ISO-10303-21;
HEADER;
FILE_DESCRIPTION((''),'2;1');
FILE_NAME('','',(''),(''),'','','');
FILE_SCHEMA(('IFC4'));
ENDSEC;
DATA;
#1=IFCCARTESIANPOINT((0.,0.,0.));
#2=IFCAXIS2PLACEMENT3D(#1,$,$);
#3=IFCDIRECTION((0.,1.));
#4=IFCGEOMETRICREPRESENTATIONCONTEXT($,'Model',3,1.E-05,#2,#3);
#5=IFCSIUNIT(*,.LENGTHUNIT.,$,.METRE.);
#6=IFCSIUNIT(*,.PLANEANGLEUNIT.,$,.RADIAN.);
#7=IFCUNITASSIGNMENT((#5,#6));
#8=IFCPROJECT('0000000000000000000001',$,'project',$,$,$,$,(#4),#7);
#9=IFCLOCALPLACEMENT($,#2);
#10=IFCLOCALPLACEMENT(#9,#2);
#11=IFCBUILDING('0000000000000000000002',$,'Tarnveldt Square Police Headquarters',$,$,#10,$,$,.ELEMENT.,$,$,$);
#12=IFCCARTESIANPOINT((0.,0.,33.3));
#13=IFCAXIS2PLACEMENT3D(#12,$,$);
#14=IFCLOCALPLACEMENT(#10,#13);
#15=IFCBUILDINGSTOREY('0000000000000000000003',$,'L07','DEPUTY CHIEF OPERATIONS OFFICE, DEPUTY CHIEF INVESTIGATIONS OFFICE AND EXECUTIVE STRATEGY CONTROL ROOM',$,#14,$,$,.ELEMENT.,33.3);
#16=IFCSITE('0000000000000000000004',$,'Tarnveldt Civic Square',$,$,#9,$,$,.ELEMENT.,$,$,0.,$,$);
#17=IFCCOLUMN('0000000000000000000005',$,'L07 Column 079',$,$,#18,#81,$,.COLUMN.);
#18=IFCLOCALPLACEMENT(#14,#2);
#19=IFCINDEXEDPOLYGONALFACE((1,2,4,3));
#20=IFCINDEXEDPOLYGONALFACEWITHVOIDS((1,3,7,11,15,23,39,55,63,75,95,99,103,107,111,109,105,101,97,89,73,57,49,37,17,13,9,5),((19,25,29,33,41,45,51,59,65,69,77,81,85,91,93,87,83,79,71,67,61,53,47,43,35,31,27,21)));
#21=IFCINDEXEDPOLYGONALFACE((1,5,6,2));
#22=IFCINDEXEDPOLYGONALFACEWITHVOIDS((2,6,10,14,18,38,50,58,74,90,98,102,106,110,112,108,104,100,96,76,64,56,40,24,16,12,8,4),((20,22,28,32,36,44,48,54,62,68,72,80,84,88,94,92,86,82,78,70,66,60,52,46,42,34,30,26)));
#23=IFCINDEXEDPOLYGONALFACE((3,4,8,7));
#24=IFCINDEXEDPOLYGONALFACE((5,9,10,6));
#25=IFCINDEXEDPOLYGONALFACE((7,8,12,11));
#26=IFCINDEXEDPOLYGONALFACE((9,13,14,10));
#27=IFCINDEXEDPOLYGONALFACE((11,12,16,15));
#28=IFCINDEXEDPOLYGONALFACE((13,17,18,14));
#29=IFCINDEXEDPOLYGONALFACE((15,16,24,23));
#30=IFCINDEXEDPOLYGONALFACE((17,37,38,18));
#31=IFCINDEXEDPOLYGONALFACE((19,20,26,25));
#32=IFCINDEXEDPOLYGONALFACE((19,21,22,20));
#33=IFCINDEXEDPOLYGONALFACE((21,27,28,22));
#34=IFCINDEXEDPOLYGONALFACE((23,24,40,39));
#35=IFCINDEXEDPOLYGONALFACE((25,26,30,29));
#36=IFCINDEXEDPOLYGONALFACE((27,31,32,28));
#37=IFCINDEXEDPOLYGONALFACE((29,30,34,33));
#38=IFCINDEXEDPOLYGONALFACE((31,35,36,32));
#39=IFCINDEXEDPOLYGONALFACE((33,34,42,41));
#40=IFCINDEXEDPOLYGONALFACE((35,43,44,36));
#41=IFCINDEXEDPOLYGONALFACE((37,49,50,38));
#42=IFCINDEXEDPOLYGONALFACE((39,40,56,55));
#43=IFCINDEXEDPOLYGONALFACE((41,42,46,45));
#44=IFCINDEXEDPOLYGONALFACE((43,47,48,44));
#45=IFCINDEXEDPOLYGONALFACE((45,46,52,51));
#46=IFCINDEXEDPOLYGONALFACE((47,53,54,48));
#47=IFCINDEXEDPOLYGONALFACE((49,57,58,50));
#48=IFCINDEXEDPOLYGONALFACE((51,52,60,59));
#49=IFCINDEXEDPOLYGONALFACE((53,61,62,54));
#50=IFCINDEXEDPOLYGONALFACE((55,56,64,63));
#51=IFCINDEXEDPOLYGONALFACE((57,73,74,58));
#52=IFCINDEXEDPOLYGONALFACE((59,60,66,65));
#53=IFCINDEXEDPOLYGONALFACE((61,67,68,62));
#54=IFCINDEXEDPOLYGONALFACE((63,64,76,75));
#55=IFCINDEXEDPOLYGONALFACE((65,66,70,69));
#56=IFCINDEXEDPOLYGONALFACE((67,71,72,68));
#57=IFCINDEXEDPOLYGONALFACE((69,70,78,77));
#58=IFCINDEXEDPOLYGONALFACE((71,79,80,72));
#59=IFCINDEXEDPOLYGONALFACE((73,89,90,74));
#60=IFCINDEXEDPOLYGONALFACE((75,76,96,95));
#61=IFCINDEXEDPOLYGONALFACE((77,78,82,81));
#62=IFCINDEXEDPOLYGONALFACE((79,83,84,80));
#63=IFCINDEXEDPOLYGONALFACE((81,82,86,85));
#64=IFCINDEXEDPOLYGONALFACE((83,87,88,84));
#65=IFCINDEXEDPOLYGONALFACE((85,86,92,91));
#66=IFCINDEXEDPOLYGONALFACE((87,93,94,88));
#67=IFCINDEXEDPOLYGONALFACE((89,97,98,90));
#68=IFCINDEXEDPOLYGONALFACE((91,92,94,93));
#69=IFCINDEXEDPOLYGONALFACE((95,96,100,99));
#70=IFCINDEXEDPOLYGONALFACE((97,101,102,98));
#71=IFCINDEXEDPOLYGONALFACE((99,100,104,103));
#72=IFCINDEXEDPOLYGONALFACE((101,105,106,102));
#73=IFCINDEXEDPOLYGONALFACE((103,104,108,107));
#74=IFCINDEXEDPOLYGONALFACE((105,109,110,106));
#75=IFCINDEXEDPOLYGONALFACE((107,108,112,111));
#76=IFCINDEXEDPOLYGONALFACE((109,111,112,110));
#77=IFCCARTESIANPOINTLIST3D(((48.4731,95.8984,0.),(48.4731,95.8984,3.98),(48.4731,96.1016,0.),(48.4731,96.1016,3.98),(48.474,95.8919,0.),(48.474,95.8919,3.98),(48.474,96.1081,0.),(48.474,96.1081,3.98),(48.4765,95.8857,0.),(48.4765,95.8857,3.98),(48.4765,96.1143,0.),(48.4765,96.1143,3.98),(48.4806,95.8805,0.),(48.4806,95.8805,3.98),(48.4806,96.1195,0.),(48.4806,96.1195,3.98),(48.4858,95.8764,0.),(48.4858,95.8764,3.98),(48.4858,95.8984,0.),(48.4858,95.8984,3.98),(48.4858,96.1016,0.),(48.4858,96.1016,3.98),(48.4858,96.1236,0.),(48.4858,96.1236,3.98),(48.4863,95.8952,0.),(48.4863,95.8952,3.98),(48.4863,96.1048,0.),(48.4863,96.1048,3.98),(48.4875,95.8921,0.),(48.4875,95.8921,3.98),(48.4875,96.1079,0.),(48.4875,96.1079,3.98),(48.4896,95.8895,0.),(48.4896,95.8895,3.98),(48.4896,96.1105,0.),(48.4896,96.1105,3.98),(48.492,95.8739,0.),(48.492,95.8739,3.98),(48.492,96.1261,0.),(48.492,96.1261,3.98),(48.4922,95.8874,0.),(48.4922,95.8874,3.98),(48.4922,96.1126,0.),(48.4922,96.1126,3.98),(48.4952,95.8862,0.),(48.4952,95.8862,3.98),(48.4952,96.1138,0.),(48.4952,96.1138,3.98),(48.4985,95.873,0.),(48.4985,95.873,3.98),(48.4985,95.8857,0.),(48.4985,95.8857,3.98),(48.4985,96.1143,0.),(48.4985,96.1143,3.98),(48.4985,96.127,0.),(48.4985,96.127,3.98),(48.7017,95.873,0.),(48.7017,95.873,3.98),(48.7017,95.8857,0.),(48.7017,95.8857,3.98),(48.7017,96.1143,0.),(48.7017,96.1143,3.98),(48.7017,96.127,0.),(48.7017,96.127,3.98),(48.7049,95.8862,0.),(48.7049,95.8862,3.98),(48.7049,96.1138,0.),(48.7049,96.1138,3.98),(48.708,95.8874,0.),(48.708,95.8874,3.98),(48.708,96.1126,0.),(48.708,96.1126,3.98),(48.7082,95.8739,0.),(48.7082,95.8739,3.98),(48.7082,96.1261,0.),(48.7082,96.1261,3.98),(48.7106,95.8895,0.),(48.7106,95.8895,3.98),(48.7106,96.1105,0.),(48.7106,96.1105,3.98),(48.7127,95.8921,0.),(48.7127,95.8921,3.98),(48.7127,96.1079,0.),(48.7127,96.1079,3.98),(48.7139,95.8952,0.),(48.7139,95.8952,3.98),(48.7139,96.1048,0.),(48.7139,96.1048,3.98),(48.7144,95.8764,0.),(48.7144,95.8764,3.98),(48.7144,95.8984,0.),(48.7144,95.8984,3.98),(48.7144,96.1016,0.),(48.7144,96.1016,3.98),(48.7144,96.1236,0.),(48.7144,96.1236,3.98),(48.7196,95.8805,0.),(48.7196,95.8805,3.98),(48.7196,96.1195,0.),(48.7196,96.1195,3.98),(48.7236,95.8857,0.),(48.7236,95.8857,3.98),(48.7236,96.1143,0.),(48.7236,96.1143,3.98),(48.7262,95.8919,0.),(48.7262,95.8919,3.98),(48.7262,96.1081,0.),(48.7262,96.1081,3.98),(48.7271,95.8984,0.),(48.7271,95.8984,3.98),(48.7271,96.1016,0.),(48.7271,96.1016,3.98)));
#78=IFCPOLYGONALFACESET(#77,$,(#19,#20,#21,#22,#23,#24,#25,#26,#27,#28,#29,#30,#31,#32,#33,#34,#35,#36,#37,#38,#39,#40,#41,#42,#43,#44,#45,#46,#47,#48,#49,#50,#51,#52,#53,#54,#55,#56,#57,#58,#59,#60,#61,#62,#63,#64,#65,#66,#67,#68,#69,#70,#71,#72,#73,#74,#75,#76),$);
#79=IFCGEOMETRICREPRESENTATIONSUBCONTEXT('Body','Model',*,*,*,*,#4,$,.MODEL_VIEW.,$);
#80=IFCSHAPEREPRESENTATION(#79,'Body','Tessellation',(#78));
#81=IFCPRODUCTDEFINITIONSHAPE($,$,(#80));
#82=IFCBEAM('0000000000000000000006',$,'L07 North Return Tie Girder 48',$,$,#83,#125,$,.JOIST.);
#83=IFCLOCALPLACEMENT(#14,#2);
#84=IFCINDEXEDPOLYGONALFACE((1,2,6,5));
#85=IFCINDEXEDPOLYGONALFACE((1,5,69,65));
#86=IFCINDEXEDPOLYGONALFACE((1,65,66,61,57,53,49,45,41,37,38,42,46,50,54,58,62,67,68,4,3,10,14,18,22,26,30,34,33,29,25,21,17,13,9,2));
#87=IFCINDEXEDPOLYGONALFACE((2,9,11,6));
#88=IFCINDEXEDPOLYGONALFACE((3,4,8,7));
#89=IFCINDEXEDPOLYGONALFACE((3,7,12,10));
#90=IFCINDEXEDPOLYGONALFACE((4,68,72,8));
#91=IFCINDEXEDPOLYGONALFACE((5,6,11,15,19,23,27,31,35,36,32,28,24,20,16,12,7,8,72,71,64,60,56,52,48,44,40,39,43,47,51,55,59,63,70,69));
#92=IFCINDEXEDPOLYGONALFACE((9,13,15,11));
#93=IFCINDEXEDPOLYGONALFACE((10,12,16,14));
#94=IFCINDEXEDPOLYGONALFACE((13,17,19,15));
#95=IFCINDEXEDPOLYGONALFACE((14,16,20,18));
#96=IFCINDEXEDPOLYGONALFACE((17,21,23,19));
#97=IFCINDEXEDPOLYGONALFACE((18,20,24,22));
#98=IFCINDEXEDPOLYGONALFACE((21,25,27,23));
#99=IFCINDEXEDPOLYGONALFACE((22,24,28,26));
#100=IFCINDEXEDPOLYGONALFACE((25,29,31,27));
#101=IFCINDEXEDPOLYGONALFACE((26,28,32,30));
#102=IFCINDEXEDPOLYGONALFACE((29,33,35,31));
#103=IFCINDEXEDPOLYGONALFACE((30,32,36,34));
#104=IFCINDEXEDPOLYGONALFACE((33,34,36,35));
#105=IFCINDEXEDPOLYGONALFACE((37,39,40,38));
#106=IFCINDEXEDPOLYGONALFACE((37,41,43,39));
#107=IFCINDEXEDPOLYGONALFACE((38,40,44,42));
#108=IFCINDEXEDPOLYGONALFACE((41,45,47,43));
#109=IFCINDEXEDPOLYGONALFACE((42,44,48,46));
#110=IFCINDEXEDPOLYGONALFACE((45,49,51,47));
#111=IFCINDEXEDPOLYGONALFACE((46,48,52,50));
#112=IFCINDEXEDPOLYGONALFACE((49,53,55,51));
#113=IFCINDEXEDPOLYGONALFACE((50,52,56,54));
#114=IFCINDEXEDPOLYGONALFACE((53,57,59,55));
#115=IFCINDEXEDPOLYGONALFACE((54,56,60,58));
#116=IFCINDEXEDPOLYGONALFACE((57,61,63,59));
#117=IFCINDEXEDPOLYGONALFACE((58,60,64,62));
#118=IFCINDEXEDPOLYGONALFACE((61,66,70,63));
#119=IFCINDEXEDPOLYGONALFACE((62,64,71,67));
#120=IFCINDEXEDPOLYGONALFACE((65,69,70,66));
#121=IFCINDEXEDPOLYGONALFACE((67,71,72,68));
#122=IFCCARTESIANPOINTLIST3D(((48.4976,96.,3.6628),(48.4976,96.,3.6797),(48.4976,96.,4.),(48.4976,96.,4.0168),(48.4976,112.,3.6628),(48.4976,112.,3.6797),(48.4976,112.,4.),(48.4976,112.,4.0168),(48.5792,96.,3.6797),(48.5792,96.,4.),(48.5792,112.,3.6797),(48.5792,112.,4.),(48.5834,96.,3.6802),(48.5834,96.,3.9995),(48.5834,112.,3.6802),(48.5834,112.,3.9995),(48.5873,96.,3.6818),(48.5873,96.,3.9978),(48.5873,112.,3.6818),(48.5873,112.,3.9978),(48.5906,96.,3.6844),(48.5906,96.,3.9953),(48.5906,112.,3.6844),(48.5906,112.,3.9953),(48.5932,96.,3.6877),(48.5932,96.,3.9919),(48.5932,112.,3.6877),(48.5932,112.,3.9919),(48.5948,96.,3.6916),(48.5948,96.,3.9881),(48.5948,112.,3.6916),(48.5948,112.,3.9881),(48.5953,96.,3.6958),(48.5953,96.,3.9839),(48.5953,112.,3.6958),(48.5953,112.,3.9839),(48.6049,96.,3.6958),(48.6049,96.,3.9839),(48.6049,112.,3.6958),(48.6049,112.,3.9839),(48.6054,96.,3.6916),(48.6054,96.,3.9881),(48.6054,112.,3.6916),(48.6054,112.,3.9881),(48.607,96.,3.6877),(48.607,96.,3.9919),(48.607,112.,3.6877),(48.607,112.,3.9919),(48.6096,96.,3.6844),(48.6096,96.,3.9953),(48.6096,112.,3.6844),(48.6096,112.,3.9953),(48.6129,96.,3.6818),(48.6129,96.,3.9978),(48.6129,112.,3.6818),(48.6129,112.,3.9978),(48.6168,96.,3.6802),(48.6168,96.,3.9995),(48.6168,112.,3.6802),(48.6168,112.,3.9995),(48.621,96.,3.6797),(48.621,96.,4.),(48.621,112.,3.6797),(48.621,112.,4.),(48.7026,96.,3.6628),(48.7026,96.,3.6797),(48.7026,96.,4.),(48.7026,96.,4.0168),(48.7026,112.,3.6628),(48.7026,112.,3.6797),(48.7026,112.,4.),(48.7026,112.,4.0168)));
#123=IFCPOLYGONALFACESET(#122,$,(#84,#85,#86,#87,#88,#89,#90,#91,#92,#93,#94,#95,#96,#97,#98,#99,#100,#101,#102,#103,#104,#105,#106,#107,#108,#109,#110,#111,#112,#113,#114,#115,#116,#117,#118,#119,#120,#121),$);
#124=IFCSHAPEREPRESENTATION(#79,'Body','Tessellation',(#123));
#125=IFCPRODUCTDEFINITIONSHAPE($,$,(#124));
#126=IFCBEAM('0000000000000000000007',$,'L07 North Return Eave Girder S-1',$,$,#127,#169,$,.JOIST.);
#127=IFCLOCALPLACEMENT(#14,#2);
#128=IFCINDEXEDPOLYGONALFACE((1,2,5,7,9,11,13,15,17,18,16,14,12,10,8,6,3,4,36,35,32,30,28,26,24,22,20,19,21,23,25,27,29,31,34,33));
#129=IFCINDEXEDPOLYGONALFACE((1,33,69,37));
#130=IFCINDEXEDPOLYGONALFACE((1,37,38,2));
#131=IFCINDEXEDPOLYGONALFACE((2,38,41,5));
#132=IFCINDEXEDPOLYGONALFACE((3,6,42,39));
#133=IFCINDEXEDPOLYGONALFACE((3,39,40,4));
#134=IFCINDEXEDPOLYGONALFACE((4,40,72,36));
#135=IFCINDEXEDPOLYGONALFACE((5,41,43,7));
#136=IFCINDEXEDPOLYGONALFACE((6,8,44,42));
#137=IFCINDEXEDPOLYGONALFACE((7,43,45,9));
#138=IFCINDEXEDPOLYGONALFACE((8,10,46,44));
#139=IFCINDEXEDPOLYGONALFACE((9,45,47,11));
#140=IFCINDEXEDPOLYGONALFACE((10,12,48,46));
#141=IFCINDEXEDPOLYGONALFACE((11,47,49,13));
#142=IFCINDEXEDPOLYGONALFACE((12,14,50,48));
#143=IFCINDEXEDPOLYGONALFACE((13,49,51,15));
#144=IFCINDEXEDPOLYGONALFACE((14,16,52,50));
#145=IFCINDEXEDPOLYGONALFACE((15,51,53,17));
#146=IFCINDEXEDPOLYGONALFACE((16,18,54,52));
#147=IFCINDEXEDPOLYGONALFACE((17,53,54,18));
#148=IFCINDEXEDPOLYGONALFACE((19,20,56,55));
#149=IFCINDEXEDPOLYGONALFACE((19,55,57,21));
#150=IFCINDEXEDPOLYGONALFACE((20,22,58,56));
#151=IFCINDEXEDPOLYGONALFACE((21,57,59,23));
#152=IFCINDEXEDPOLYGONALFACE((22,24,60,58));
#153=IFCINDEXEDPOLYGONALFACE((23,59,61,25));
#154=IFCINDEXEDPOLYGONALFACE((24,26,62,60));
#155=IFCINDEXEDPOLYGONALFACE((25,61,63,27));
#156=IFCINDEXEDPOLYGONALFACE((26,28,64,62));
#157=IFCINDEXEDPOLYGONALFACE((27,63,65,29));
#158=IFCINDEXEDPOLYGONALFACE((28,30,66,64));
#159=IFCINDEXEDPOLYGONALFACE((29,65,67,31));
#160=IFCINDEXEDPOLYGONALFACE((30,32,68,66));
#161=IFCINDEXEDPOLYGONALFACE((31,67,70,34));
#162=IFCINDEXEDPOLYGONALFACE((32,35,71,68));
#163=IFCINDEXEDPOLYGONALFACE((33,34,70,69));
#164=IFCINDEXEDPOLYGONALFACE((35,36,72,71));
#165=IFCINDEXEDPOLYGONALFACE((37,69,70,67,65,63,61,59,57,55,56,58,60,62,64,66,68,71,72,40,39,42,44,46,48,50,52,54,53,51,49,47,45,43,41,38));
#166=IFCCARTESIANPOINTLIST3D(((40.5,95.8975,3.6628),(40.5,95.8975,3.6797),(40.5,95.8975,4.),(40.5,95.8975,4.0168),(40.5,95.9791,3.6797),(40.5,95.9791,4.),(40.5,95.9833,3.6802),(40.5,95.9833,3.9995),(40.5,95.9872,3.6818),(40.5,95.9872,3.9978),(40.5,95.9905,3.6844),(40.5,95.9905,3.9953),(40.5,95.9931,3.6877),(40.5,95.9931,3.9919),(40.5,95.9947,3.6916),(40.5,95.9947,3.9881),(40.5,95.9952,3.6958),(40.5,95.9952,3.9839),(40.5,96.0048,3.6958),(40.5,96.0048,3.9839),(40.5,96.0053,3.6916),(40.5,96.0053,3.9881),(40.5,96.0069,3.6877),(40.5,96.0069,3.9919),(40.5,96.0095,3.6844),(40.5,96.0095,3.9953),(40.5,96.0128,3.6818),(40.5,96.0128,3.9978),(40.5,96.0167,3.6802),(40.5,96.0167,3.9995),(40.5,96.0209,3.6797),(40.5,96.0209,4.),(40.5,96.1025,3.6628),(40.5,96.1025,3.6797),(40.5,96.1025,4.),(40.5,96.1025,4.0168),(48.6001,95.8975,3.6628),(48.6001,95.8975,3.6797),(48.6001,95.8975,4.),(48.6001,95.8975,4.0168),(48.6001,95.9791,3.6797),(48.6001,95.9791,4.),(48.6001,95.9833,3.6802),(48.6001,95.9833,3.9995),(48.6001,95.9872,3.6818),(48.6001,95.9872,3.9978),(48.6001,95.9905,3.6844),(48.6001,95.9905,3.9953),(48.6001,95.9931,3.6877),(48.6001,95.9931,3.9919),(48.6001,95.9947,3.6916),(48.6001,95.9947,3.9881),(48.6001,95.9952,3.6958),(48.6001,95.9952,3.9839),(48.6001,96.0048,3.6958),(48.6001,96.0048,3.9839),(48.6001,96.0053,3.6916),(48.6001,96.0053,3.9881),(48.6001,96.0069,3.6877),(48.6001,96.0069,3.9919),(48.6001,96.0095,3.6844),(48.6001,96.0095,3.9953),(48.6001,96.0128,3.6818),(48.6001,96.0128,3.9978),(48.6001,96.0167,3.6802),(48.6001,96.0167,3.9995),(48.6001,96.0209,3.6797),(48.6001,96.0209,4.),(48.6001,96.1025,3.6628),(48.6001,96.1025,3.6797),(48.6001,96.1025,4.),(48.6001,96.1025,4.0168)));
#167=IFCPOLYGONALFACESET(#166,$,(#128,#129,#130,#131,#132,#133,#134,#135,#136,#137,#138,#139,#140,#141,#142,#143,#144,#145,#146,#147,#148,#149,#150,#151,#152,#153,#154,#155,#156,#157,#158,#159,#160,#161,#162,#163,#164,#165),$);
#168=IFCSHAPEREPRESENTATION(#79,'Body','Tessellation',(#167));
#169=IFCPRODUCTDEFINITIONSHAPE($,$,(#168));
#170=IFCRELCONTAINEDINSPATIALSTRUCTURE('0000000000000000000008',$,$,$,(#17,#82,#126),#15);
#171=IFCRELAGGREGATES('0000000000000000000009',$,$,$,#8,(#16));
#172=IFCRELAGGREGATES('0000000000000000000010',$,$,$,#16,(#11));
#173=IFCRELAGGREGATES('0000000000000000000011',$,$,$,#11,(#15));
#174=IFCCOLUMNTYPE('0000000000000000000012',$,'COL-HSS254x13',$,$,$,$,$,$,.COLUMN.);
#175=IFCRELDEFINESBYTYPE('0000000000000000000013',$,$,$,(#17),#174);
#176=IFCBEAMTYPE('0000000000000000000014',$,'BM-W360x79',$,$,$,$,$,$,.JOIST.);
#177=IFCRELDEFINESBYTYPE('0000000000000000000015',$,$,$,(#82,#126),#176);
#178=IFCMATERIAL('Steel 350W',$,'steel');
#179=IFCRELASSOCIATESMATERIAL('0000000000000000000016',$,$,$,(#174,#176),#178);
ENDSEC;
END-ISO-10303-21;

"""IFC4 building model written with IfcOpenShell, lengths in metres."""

from ifc_helpers import new_model, si_unit, direction, frame, origin, origin_2d, place, context, subcontext, project, spatial, hollow_rectangle, i_section, extrude, material, material_profile, profile_set, type_object, element, save


model = new_model("IFC4")

# Units and contexts
model_context = context("Model", 3, precision=1e-05, world=origin(), true_north=direction((0.0, 1.0)))
body_context = subcontext(model_context, "Body", "Model", "MODEL_VIEW")
ifc_project = project(units=[si_unit("LENGTHUNIT", "METRE"), si_unit("PLANEANGLEUNIT", "RADIAN")], contexts=[model_context])

# Site, building, storey
site_placement = place(None, origin())
site = spatial("IfcSite", under=ifc_project, at=site_placement, Name="Tarnveldt Civic Square", CompositionType="ELEMENT", RefElevation=0.0)
building_placement = place(site_placement, origin())
building = spatial("IfcBuilding", under=site, at=building_placement, Name="Tarnveldt Square Police Headquarters", CompositionType="ELEMENT")
storey_placement = place(building_placement, frame((0.0, 0.0, 33.3)))
storey = spatial("IfcBuildingStorey", under=building, at=storey_placement, Name="L07", Description="DEPUTY CHIEF OPERATIONS OFFICE, DEPUTY CHIEF INVESTIGATIONS OFFICE AND EXECUTIVE STRATEGY CONTROL ROOM", CompositionType="ELEMENT", Elevation=33.3)

# Column
ifc_material_1 = material(Name="Steel 350W", Category="steel")
ifc_material_profile_1 = material_profile(ifc_material_1, hollow_rectangle(XDim=0.2539, YDim=0.2539, WallThickness=0.0127, InnerFilletRadius=0.0127, OuterFilletRadius=0.0254, at=origin_2d()), Name="HSS254x254x13")
ifc_profile_set_1 = profile_set([ifc_material_profile_1], Name="Steel 350W")
column_type = type_object("IfcColumnType", Name="COL-HSS254x13", PredefinedType="COLUMN", material=ifc_profile_set_1)
column_placement = place(storey_placement, frame((48.6001, 96.0, 0.0), z_axis=(0.0, 0.0, 1.0), x_axis=(1.0, 0.0, 0.0)))
element("IfcColumn", 1, at=column_placement, inside=storey, type_object=column_type, Name="L07 Column 079", PredefinedType="COLUMN", context=body_context, shape_type="SweptSolid", body=[
    extrude(hollow_rectangle(XDim=0.2539, YDim=0.2539, WallThickness=0.0127, InnerFilletRadius=0.0127, OuterFilletRadius=0.0254, at=origin_2d()), origin(), (0.0, 0.0, 1.0), 3.98),
])

# Beams
ifc_material_profile_2 = material_profile(ifc_material_1, i_section(OverallWidth=0.2051, OverallDepth=0.354, WebThickness=0.0095, FlangeThickness=0.0168, FilletRadius=0.0161, at=origin_2d()), Name="W360x79")
ifc_profile_set_2 = profile_set([ifc_material_profile_2], Name="Steel 350W")
beam_type = type_object("IfcBeamType", Name="BM-W360x79", PredefinedType="JOIST", material=ifc_profile_set_2)
beam_1_placement = place(storey_placement, frame((48.6001, 96.0, 3.8398), z_axis=(0.0, 1.0, 0.0), x_axis=(-1.0, 0.0, 0.0)))
element("IfcBeam", 2, at=beam_1_placement, inside=storey, type_object=beam_type, Name="L07 North Return Tie Girder 48", PredefinedType="JOIST", context=body_context, shape_type="SweptSolid", body=[
    extrude(i_section(OverallWidth=0.2051, OverallDepth=0.354, WebThickness=0.0095, FlangeThickness=0.0168, FilletRadius=0.0161, at=origin_2d()), origin(), (0.0, 0.0, 1.0), 16.0),
])
beam_2_placement = place(storey_placement, frame((40.5, 96.0, 3.8398), z_axis=(1.0, 0.0, 0.0), x_axis=(0.0, 1.0, 0.0)))
element("IfcBeam", 3, at=beam_2_placement, inside=storey, type_object=beam_type, Name="L07 North Return Eave Girder S-1", PredefinedType="JOIST", context=body_context, shape_type="SweptSolid", body=[
    extrude(i_section(OverallWidth=0.2051, OverallDepth=0.354, WebThickness=0.0095, FlangeThickness=0.0168, FilletRadius=0.0161, at=origin_2d()), origin(), (0.0, 0.0, 1.0), 8.1001),
])

save(model, "model.ifc")
